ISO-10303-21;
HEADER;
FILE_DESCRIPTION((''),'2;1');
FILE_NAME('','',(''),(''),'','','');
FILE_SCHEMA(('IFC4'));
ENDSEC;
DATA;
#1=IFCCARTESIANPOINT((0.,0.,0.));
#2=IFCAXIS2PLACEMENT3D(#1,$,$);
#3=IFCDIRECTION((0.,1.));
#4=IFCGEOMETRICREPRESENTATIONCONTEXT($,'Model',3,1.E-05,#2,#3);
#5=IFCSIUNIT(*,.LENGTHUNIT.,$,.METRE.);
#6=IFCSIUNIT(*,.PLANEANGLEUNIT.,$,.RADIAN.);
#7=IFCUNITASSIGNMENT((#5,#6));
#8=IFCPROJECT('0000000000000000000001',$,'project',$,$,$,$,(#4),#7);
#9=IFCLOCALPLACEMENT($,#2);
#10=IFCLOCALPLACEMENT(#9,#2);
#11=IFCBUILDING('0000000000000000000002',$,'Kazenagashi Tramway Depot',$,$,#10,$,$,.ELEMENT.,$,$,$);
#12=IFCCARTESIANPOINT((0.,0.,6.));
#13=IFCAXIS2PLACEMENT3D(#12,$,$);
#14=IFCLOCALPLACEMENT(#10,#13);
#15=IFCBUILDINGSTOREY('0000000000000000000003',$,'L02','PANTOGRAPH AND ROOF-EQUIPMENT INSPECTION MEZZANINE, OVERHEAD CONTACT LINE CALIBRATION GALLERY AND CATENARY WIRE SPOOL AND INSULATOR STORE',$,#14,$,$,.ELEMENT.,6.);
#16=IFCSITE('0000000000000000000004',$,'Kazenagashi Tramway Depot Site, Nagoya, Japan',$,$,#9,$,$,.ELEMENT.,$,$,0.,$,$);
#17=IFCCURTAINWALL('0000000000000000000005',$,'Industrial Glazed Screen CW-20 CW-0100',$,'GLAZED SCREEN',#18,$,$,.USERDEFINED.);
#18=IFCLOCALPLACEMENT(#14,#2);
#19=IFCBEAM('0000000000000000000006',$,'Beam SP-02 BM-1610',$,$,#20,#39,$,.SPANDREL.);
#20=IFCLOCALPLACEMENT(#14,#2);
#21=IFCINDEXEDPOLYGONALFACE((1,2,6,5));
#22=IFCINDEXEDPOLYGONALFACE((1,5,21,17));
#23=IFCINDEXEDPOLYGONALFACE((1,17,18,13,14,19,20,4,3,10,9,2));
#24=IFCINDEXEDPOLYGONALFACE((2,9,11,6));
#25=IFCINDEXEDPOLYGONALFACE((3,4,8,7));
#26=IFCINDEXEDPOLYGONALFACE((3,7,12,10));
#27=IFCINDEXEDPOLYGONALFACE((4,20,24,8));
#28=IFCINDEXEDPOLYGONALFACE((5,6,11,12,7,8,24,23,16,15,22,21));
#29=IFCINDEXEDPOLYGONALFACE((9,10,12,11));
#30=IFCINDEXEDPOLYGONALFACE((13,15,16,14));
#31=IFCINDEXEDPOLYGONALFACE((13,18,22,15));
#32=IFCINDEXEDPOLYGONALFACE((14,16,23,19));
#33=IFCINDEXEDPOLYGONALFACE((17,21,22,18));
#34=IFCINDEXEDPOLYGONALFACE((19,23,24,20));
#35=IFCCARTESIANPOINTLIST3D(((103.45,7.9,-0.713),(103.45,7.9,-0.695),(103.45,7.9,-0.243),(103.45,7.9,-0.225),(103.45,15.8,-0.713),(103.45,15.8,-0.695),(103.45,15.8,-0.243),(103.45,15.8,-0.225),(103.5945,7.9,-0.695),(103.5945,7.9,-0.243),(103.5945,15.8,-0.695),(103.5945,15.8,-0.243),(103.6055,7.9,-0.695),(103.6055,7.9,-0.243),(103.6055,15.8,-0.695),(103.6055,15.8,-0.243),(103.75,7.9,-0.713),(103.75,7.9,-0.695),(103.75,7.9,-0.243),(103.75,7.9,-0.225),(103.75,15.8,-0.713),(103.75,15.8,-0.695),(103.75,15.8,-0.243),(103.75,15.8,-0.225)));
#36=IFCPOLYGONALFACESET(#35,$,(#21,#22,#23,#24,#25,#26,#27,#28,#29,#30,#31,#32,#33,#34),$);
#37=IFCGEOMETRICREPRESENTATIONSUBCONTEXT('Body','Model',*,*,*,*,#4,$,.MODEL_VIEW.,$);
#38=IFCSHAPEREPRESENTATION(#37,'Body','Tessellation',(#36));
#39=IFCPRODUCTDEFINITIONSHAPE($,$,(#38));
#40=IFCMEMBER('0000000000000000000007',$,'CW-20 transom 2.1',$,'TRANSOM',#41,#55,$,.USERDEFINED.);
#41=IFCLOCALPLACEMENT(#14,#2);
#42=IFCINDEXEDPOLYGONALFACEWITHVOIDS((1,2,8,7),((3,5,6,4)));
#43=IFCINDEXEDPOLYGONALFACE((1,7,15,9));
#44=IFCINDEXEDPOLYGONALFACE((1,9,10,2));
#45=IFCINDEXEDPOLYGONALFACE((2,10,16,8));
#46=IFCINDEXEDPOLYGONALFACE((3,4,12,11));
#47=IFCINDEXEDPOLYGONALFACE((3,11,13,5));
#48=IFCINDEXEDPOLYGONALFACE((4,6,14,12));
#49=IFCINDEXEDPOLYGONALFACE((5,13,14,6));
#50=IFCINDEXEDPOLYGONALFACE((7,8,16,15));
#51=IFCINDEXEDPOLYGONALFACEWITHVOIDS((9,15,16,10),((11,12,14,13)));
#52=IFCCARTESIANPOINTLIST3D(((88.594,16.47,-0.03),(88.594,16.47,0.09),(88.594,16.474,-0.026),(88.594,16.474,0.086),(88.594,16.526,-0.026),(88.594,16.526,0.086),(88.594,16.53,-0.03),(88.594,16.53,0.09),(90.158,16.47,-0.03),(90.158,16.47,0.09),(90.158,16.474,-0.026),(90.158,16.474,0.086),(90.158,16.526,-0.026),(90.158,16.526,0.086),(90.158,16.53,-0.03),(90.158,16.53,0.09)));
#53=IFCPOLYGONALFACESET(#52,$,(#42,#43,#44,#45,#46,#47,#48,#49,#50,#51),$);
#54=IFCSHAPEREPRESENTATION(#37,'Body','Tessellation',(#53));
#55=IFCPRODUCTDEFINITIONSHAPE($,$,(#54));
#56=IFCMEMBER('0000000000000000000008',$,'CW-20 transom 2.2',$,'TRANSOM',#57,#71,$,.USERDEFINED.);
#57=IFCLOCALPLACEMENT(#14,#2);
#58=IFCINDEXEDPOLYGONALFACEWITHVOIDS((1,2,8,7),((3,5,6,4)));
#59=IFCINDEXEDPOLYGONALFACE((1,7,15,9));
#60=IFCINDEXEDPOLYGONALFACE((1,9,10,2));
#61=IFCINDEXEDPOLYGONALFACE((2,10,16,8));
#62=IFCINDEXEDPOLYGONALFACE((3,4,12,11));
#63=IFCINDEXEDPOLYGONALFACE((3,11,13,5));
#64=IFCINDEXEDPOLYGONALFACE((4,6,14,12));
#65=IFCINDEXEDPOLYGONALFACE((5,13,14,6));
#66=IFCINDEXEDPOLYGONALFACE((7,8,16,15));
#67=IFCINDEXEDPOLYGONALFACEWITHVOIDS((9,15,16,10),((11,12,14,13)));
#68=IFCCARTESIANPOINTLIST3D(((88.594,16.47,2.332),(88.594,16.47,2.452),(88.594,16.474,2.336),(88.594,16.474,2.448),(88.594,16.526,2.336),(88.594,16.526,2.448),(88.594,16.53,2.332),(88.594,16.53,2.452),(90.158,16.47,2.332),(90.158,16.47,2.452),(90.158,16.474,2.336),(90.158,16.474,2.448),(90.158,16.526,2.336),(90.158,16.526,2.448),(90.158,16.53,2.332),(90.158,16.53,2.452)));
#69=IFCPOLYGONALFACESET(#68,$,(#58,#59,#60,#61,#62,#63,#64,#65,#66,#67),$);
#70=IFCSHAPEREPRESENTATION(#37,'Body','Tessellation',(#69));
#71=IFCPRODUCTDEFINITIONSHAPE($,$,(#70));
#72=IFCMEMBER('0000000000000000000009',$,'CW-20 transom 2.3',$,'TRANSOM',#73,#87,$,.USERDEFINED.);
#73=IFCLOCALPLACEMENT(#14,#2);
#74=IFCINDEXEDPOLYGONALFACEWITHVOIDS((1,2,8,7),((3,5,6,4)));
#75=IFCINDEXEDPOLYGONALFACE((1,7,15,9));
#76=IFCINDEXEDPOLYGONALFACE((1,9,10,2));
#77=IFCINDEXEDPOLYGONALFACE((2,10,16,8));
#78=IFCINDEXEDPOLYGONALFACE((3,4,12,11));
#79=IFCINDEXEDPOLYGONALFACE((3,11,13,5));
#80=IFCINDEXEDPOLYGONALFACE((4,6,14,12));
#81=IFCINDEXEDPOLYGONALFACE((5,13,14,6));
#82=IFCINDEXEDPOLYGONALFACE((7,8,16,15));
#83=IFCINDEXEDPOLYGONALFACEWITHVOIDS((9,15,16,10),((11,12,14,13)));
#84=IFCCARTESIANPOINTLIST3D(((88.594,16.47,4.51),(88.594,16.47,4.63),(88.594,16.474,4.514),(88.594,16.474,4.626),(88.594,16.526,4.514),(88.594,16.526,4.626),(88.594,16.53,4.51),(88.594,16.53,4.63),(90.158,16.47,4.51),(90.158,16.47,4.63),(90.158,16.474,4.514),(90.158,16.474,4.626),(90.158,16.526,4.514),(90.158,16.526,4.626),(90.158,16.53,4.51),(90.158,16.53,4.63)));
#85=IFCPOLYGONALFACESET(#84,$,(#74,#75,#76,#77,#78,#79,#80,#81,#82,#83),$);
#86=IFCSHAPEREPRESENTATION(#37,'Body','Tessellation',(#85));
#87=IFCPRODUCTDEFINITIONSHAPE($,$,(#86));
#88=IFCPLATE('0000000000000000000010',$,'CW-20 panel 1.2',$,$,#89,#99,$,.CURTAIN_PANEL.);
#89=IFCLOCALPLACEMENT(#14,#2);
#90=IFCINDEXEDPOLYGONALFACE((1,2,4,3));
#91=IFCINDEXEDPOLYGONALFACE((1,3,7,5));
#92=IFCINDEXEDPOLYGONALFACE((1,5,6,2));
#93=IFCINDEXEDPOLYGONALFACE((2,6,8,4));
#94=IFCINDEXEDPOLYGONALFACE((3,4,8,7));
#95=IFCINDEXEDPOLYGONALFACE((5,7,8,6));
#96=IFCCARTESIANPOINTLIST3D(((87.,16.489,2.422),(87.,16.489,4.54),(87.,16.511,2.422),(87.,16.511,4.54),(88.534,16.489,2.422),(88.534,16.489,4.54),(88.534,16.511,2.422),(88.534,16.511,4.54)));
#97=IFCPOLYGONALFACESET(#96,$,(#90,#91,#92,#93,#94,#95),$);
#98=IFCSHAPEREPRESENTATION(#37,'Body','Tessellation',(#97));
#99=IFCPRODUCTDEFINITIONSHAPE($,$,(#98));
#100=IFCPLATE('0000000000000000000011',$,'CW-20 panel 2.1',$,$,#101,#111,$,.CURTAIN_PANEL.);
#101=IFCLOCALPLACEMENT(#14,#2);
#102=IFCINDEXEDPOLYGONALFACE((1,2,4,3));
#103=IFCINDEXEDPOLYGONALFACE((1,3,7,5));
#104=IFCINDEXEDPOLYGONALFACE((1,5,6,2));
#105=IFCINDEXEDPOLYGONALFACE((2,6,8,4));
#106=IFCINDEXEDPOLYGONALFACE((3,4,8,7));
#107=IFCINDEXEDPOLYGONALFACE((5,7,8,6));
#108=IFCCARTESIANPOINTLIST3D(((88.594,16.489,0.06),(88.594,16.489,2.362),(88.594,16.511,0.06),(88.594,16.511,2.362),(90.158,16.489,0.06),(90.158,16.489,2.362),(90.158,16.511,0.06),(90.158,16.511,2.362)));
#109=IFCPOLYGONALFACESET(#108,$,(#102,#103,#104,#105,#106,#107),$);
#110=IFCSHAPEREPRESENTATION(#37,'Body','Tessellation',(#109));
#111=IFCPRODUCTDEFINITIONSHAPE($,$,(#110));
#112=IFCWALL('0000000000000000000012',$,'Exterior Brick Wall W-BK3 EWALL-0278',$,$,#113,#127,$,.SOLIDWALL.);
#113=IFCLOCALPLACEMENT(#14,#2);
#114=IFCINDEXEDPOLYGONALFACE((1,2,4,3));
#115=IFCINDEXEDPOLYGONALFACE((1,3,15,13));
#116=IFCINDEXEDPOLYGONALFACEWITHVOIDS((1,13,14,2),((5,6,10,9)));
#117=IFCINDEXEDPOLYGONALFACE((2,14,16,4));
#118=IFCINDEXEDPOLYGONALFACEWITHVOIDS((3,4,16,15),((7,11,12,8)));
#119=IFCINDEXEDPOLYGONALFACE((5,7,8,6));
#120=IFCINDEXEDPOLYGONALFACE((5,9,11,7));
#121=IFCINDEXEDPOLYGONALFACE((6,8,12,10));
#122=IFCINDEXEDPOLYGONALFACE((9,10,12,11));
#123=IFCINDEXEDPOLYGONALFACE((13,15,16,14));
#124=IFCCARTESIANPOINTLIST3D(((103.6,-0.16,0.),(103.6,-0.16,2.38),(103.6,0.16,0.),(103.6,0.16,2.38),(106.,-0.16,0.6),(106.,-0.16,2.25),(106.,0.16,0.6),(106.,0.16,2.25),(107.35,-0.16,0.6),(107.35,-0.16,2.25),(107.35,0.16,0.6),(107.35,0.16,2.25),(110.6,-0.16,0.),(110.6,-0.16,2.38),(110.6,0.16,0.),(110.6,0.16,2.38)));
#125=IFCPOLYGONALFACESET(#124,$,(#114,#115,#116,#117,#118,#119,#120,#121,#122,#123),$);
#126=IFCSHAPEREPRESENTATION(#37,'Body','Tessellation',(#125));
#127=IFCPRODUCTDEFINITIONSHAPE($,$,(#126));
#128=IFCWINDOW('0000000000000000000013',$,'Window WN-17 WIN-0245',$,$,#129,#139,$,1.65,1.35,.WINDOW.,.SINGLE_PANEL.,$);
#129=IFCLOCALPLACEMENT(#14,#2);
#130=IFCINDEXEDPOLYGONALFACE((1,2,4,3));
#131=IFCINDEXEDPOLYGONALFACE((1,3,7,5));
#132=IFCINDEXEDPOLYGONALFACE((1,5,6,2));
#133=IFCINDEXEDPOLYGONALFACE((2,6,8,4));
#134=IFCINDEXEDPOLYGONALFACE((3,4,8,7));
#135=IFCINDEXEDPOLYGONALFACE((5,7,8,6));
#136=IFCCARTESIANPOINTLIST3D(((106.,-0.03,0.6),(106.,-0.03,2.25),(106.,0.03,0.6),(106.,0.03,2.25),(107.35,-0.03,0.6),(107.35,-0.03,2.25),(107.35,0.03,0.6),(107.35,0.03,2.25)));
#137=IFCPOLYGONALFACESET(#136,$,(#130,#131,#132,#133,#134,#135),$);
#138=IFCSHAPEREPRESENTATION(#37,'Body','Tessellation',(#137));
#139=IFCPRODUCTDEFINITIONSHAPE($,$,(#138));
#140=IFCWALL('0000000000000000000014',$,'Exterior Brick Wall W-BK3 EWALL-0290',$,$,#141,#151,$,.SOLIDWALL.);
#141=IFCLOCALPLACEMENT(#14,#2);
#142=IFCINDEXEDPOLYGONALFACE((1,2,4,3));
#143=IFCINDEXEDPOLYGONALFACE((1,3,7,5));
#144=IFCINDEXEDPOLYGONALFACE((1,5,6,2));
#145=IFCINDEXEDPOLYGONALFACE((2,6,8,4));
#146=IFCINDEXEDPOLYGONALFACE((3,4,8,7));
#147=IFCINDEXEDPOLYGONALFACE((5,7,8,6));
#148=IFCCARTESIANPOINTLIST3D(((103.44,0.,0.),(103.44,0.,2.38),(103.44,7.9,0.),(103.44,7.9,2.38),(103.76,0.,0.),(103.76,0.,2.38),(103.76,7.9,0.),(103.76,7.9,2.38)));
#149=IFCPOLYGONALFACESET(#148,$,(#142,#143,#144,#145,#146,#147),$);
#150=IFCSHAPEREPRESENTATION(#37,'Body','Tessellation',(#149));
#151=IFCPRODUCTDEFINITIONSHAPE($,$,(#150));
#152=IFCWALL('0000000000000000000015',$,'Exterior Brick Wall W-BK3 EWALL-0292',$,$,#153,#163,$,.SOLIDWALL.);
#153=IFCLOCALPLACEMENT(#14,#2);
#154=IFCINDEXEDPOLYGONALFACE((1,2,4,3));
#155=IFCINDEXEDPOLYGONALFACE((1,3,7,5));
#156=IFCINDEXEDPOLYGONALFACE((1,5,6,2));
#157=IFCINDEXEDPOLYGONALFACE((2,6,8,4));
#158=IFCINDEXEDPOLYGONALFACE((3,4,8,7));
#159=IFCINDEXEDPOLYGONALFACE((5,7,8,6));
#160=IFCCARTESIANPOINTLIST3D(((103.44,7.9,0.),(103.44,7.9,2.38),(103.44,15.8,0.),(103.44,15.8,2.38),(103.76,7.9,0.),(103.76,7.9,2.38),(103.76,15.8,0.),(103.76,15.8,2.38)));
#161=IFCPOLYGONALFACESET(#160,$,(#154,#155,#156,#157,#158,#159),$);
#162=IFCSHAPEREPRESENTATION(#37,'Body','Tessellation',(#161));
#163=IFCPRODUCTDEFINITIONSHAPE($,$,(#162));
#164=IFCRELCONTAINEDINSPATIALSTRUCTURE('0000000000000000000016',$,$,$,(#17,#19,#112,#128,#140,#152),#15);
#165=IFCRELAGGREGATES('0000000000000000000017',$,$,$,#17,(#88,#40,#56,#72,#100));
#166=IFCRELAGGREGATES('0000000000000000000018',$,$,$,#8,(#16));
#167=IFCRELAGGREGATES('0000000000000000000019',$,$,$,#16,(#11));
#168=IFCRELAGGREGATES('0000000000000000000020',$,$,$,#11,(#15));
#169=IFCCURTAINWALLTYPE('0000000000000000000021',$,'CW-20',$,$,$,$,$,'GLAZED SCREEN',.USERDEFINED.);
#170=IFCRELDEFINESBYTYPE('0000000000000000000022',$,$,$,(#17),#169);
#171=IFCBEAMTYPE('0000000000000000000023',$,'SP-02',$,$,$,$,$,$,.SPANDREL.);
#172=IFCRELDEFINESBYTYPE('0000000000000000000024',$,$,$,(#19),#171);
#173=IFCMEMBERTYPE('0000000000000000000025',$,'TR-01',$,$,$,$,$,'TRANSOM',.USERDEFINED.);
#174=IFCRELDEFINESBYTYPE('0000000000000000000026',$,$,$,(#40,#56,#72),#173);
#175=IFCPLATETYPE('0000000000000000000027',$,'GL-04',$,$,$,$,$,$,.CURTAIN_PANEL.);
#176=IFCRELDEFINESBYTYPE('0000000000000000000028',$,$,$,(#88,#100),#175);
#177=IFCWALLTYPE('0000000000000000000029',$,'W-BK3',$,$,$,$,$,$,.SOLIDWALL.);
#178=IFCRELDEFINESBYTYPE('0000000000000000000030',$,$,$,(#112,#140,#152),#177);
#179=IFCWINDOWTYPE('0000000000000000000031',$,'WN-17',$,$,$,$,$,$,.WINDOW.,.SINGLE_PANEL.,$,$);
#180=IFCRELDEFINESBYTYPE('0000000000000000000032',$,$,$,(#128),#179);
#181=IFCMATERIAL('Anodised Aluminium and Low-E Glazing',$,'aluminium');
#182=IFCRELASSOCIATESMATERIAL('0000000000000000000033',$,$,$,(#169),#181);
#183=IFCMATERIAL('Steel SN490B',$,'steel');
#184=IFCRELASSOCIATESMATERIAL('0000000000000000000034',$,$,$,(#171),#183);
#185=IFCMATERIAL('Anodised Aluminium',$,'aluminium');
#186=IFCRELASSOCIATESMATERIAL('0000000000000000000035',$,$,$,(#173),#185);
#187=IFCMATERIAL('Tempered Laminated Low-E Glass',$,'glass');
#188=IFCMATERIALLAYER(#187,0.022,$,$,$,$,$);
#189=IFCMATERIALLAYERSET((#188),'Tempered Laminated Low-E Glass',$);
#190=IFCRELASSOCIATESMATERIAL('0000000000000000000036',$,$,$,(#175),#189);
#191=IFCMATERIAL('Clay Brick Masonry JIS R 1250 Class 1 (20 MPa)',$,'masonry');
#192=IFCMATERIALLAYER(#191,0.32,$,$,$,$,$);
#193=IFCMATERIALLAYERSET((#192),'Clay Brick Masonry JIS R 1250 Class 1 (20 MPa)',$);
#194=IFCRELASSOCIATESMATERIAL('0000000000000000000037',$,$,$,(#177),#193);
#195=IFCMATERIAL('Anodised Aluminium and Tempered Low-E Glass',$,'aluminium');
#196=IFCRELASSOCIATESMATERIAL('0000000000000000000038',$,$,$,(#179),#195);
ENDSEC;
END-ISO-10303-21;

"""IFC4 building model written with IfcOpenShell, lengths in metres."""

from ifc_helpers import new_model, si_unit, direction, frame, frame_2d, origin, origin_2d, place, context, subcontext, project, spatial, rectangle, hollow_rectangle, i_section, extrude, material, layer, layer_set, material_profile, profile_set, type_object, element, fill, aggregate, save


model = new_model("IFC4")

# Units and contexts
model_context = context("Model", 3, precision=1e-05, world=origin(), true_north=direction((0.0, 1.0)))
body_context = subcontext(model_context, "Body", "Model", "MODEL_VIEW")
ifc_project = project(units=[si_unit("LENGTHUNIT", "METRE"), si_unit("PLANEANGLEUNIT", "RADIAN")], contexts=[model_context])

# Site, building, storey
site_placement = place(None, origin())
site = spatial("IfcSite", under=ifc_project, at=site_placement, Name="Kazenagashi Tramway Depot Site, Nagoya, Japan", CompositionType="ELEMENT", RefElevation=0.0)
building_placement = place(site_placement, origin())
building = spatial("IfcBuilding", under=site, at=building_placement, Name="Kazenagashi Tramway Depot", CompositionType="ELEMENT")
storey_placement = place(building_placement, frame((0.0, 0.0, 6.0)))
storey = spatial("IfcBuildingStorey", under=building, at=storey_placement, Name="L02", Description="PANTOGRAPH AND ROOF-EQUIPMENT INSPECTION MEZZANINE, OVERHEAD CONTACT LINE CALIBRATION GALLERY AND CATENARY WIRE SPOOL AND INSULATOR STORE", CompositionType="ELEMENT", Elevation=6.0)

# Shared definitions
ifc_material_1 = material(Name="Steel SN490B", Category="steel")

# Curtain wall
ifc_material_2 = material(Name="Anodised Aluminium and Low-E Glazing", Category="aluminium")
curtain_wall_type = type_object("IfcCurtainWallType", Name="CW-20", ElementType="GLAZED SCREEN", PredefinedType="USERDEFINED", material=ifc_material_2)
curtain_wall_placement = place(storey_placement, origin())
curtain_wall = element("IfcCurtainWall", 1, at=curtain_wall_placement, inside=storey, type_object=curtain_wall_type, Name="Industrial Glazed Screen CW-20 CW-0100", ObjectType="GLAZED SCREEN", PredefinedType="USERDEFINED")
ifc_material_3 = material(Name="Anodised Aluminium", Category="aluminium")

# Beam
ifc_material_profile_1 = material_profile(ifc_material_1, i_section(OverallWidth=0.3, OverallDepth=0.488, WebThickness=0.011, FlangeThickness=0.018, at=origin_2d()), Name="H-488x300x11x18")
ifc_profile_set_1 = profile_set([ifc_material_profile_1], Name="Steel SN490B")
beam_type_1 = type_object("IfcBeamType", Name="SP-02", PredefinedType="SPANDREL", material=ifc_profile_set_1)
for number, where, z_axis, x_axis, name in (
    (2, (103.6, 7.9, -0.469), (0.0, 1.0, 0.0), (-1.0, 0.0, 0.0), "Beam SP-02 BM-1610"),
):
    element("IfcBeam", number, at=place(storey_placement, frame(where, z_axis=z_axis, x_axis=x_axis)), inside=storey, type_object=beam_type_1, Name=name, PredefinedType="SPANDREL", context=body_context, shape_type="SweptSolid", body=[
        extrude(i_section(OverallWidth=0.3, OverallDepth=0.488, WebThickness=0.011, FlangeThickness=0.018, at=origin_2d()), origin(), (0.0, 0.0, 1.0), 7.9),
    ])

# Members
ifc_material_profile_2 = material_profile(ifc_material_3, hollow_rectangle(XDim=0.06, YDim=0.12, WallThickness=0.004, at=origin_2d()), Name="RHS-120x60x4")
ifc_profile_set_2 = profile_set([ifc_material_profile_2], Name="Anodised Aluminium")
member_type_1 = type_object("IfcMemberType", Name="TR-01", ElementType="TRANSOM", PredefinedType="USERDEFINED", material=ifc_profile_set_2)
member_1_placement = place(storey_placement, frame((88.594, 16.5, 0.03), z_axis=(1.0, 0.0, 0.0), x_axis=(0.0, 1.0, 0.0)))
member_1 = element("IfcMember", 3, at=member_1_placement, type_object=member_type_1, Name="CW-20 transom 2.1", ObjectType="TRANSOM", PredefinedType="USERDEFINED", context=body_context, shape_type="SweptSolid", body=[
    extrude(hollow_rectangle(XDim=0.06, YDim=0.12, WallThickness=0.004, at=origin_2d()), origin(), (0.0, 0.0, 1.0), 1.564),
])
member_2_placement = place(storey_placement, frame((88.594, 16.5, 2.392), z_axis=(1.0, 0.0, 0.0), x_axis=(0.0, 1.0, 0.0)))
member_2 = element("IfcMember", 4, at=member_2_placement, type_object=member_type_1, Name="CW-20 transom 2.2", ObjectType="TRANSOM", PredefinedType="USERDEFINED", context=body_context, shape_type="SweptSolid", body=[
    extrude(hollow_rectangle(XDim=0.06, YDim=0.12, WallThickness=0.004, at=origin_2d()), origin(), (0.0, 0.0, 1.0), 1.564),
])
member_3_placement = place(storey_placement, frame((88.594, 16.5, 4.57), z_axis=(1.0, 0.0, 0.0), x_axis=(0.0, 1.0, 0.0)))
member_3 = element("IfcMember", 5, at=member_3_placement, type_object=member_type_1, Name="CW-20 transom 2.3", ObjectType="TRANSOM", PredefinedType="USERDEFINED", context=body_context, shape_type="SweptSolid", body=[
    extrude(hollow_rectangle(XDim=0.06, YDim=0.12, WallThickness=0.004, at=origin_2d()), origin(), (0.0, 0.0, 1.0), 1.564),
])

# Plates
ifc_material_4 = material(Name="Tempered Laminated Low-E Glass", Category="glass")
ifc_layer_1 = layer(ifc_material_4, 0.022)
ifc_layer_set_1 = layer_set([ifc_layer_1], Name="Tempered Laminated Low-E Glass")
plate_type = type_object("IfcPlateType", Name="GL-04", PredefinedType="CURTAIN_PANEL", material=ifc_layer_set_1)
plate_1_placement = place(storey_placement, frame((87.767, 16.5, 2.422), z_axis=(0.0, 0.0, 1.0), x_axis=(1.0, 0.0, 0.0)))
plate_1 = element("IfcPlate", 6, at=plate_1_placement, type_object=plate_type, Name="CW-20 panel 1.2", PredefinedType="CURTAIN_PANEL", context=body_context, shape_type="SweptSolid", body=[
    extrude(rectangle(XDim=1.534, YDim=0.022, at=origin_2d()), origin(), (0.0, 0.0, 1.0), 2.118),
])
plate_2_placement = place(storey_placement, frame((89.376, 16.5, 0.06), z_axis=(0.0, 0.0, 1.0), x_axis=(1.0, 0.0, 0.0)))
plate_2 = element("IfcPlate", 7, at=plate_2_placement, type_object=plate_type, Name="CW-20 panel 2.1", PredefinedType="CURTAIN_PANEL", context=body_context, shape_type="SweptSolid", body=[
    extrude(rectangle(XDim=1.564, YDim=0.022, at=origin_2d()), origin(), (0.0, 0.0, 1.0), 2.302),
])
aggregate(curtain_wall, [plate_1, member_1, member_2, member_3, plate_2])

# Wall, opening, window
ifc_material_5 = material(Name="Clay Brick Masonry JIS R 1250 Class 1 (20 MPa)", Category="masonry")
ifc_layer_2 = layer(ifc_material_5, 0.32)
ifc_layer_set_2 = layer_set([ifc_layer_2], Name="Clay Brick Masonry JIS R 1250 Class 1 (20 MPa)")
wall_type_1 = type_object("IfcWallType", Name="W-BK3", PredefinedType="SOLIDWALL", material=ifc_layer_set_2)
wall_1_placement = place(storey_placement, frame((103.6, 0.0, 0.0), z_axis=(0.0, 0.0, 1.0), x_axis=(1.0, 0.0, 0.0)))
wall_1 = element("IfcWall", 8, at=wall_1_placement, inside=storey, type_object=wall_type_1, Name="Exterior Brick Wall W-BK3 EWALL-0278", PredefinedType="SOLIDWALL", context=body_context, shape_type="SweptSolid", body=[
    extrude(rectangle(XDim=7.0, YDim=0.32, at=frame_2d((3.5, 0.0))), origin(), (0.0, 0.0, 1.0), 2.38),
])
opening_1_placement = place(wall_1_placement, frame((2.4, 0.0, 0.6)))
opening_1 = element("IfcOpeningElement", 9, at=opening_1_placement, cuts=wall_1, PredefinedType="OPENING", context=body_context, shape_type="SweptSolid", body=[
    extrude(rectangle(XDim=1.35, YDim=1.65, at=frame_2d((0.675, 0.825))), frame((0.0, 0.17, 0.0), z_axis=(0.0, -1.0, 0.0), x_axis=(1.0, 0.0, 0.0)), (0.0, 0.0, 1.0), 0.34),
])
ifc_material_6 = material(Name="Anodised Aluminium and Tempered Low-E Glass", Category="aluminium")
window_type = type_object("IfcWindowType", Name="WN-17", PartitioningType="SINGLE_PANEL", PredefinedType="WINDOW", material=ifc_material_6)
window_placement = place(opening_1_placement, origin())
window = element("IfcWindow", 10, at=window_placement, inside=storey, type_object=window_type, Name="Window WN-17 WIN-0245", OverallHeight=1.65, OverallWidth=1.35, PartitioningType="SINGLE_PANEL", PredefinedType="WINDOW", context=body_context, shape_type="SweptSolid", body=[
    extrude(rectangle(XDim=1.35, YDim=1.65, at=frame_2d((0.675, 0.825))), frame((0.0, 0.03, 0.0), z_axis=(0.0, -1.0, 0.0), x_axis=(1.0, 0.0, 0.0)), (0.0, 0.0, 1.0), 0.06),
])
fill(opening_1, window)

# Walls
for number, where, z_axis, x_axis, name in (
    (11, (103.6, 0.0, 0.0), (0.0, 0.0, 1.0), (0.0, 1.0, 0.0), "Exterior Brick Wall W-BK3 EWALL-0290"),
    (12, (103.6, 7.9, 0.0), (0.0, 0.0, 1.0), (0.0, 1.0, 0.0), "Exterior Brick Wall W-BK3 EWALL-0292"),
):
    element("IfcWall", number, at=place(storey_placement, frame(where, z_axis=z_axis, x_axis=x_axis)), inside=storey, type_object=wall_type_1, Name=name, PredefinedType="SOLIDWALL", context=body_context, shape_type="SweptSolid", body=[
        extrude(rectangle(XDim=7.9, YDim=0.32, at=frame_2d((3.95, 0.0))), origin(), (0.0, 0.0, 1.0), 2.38),
    ])

save(model, "model.ifc")
